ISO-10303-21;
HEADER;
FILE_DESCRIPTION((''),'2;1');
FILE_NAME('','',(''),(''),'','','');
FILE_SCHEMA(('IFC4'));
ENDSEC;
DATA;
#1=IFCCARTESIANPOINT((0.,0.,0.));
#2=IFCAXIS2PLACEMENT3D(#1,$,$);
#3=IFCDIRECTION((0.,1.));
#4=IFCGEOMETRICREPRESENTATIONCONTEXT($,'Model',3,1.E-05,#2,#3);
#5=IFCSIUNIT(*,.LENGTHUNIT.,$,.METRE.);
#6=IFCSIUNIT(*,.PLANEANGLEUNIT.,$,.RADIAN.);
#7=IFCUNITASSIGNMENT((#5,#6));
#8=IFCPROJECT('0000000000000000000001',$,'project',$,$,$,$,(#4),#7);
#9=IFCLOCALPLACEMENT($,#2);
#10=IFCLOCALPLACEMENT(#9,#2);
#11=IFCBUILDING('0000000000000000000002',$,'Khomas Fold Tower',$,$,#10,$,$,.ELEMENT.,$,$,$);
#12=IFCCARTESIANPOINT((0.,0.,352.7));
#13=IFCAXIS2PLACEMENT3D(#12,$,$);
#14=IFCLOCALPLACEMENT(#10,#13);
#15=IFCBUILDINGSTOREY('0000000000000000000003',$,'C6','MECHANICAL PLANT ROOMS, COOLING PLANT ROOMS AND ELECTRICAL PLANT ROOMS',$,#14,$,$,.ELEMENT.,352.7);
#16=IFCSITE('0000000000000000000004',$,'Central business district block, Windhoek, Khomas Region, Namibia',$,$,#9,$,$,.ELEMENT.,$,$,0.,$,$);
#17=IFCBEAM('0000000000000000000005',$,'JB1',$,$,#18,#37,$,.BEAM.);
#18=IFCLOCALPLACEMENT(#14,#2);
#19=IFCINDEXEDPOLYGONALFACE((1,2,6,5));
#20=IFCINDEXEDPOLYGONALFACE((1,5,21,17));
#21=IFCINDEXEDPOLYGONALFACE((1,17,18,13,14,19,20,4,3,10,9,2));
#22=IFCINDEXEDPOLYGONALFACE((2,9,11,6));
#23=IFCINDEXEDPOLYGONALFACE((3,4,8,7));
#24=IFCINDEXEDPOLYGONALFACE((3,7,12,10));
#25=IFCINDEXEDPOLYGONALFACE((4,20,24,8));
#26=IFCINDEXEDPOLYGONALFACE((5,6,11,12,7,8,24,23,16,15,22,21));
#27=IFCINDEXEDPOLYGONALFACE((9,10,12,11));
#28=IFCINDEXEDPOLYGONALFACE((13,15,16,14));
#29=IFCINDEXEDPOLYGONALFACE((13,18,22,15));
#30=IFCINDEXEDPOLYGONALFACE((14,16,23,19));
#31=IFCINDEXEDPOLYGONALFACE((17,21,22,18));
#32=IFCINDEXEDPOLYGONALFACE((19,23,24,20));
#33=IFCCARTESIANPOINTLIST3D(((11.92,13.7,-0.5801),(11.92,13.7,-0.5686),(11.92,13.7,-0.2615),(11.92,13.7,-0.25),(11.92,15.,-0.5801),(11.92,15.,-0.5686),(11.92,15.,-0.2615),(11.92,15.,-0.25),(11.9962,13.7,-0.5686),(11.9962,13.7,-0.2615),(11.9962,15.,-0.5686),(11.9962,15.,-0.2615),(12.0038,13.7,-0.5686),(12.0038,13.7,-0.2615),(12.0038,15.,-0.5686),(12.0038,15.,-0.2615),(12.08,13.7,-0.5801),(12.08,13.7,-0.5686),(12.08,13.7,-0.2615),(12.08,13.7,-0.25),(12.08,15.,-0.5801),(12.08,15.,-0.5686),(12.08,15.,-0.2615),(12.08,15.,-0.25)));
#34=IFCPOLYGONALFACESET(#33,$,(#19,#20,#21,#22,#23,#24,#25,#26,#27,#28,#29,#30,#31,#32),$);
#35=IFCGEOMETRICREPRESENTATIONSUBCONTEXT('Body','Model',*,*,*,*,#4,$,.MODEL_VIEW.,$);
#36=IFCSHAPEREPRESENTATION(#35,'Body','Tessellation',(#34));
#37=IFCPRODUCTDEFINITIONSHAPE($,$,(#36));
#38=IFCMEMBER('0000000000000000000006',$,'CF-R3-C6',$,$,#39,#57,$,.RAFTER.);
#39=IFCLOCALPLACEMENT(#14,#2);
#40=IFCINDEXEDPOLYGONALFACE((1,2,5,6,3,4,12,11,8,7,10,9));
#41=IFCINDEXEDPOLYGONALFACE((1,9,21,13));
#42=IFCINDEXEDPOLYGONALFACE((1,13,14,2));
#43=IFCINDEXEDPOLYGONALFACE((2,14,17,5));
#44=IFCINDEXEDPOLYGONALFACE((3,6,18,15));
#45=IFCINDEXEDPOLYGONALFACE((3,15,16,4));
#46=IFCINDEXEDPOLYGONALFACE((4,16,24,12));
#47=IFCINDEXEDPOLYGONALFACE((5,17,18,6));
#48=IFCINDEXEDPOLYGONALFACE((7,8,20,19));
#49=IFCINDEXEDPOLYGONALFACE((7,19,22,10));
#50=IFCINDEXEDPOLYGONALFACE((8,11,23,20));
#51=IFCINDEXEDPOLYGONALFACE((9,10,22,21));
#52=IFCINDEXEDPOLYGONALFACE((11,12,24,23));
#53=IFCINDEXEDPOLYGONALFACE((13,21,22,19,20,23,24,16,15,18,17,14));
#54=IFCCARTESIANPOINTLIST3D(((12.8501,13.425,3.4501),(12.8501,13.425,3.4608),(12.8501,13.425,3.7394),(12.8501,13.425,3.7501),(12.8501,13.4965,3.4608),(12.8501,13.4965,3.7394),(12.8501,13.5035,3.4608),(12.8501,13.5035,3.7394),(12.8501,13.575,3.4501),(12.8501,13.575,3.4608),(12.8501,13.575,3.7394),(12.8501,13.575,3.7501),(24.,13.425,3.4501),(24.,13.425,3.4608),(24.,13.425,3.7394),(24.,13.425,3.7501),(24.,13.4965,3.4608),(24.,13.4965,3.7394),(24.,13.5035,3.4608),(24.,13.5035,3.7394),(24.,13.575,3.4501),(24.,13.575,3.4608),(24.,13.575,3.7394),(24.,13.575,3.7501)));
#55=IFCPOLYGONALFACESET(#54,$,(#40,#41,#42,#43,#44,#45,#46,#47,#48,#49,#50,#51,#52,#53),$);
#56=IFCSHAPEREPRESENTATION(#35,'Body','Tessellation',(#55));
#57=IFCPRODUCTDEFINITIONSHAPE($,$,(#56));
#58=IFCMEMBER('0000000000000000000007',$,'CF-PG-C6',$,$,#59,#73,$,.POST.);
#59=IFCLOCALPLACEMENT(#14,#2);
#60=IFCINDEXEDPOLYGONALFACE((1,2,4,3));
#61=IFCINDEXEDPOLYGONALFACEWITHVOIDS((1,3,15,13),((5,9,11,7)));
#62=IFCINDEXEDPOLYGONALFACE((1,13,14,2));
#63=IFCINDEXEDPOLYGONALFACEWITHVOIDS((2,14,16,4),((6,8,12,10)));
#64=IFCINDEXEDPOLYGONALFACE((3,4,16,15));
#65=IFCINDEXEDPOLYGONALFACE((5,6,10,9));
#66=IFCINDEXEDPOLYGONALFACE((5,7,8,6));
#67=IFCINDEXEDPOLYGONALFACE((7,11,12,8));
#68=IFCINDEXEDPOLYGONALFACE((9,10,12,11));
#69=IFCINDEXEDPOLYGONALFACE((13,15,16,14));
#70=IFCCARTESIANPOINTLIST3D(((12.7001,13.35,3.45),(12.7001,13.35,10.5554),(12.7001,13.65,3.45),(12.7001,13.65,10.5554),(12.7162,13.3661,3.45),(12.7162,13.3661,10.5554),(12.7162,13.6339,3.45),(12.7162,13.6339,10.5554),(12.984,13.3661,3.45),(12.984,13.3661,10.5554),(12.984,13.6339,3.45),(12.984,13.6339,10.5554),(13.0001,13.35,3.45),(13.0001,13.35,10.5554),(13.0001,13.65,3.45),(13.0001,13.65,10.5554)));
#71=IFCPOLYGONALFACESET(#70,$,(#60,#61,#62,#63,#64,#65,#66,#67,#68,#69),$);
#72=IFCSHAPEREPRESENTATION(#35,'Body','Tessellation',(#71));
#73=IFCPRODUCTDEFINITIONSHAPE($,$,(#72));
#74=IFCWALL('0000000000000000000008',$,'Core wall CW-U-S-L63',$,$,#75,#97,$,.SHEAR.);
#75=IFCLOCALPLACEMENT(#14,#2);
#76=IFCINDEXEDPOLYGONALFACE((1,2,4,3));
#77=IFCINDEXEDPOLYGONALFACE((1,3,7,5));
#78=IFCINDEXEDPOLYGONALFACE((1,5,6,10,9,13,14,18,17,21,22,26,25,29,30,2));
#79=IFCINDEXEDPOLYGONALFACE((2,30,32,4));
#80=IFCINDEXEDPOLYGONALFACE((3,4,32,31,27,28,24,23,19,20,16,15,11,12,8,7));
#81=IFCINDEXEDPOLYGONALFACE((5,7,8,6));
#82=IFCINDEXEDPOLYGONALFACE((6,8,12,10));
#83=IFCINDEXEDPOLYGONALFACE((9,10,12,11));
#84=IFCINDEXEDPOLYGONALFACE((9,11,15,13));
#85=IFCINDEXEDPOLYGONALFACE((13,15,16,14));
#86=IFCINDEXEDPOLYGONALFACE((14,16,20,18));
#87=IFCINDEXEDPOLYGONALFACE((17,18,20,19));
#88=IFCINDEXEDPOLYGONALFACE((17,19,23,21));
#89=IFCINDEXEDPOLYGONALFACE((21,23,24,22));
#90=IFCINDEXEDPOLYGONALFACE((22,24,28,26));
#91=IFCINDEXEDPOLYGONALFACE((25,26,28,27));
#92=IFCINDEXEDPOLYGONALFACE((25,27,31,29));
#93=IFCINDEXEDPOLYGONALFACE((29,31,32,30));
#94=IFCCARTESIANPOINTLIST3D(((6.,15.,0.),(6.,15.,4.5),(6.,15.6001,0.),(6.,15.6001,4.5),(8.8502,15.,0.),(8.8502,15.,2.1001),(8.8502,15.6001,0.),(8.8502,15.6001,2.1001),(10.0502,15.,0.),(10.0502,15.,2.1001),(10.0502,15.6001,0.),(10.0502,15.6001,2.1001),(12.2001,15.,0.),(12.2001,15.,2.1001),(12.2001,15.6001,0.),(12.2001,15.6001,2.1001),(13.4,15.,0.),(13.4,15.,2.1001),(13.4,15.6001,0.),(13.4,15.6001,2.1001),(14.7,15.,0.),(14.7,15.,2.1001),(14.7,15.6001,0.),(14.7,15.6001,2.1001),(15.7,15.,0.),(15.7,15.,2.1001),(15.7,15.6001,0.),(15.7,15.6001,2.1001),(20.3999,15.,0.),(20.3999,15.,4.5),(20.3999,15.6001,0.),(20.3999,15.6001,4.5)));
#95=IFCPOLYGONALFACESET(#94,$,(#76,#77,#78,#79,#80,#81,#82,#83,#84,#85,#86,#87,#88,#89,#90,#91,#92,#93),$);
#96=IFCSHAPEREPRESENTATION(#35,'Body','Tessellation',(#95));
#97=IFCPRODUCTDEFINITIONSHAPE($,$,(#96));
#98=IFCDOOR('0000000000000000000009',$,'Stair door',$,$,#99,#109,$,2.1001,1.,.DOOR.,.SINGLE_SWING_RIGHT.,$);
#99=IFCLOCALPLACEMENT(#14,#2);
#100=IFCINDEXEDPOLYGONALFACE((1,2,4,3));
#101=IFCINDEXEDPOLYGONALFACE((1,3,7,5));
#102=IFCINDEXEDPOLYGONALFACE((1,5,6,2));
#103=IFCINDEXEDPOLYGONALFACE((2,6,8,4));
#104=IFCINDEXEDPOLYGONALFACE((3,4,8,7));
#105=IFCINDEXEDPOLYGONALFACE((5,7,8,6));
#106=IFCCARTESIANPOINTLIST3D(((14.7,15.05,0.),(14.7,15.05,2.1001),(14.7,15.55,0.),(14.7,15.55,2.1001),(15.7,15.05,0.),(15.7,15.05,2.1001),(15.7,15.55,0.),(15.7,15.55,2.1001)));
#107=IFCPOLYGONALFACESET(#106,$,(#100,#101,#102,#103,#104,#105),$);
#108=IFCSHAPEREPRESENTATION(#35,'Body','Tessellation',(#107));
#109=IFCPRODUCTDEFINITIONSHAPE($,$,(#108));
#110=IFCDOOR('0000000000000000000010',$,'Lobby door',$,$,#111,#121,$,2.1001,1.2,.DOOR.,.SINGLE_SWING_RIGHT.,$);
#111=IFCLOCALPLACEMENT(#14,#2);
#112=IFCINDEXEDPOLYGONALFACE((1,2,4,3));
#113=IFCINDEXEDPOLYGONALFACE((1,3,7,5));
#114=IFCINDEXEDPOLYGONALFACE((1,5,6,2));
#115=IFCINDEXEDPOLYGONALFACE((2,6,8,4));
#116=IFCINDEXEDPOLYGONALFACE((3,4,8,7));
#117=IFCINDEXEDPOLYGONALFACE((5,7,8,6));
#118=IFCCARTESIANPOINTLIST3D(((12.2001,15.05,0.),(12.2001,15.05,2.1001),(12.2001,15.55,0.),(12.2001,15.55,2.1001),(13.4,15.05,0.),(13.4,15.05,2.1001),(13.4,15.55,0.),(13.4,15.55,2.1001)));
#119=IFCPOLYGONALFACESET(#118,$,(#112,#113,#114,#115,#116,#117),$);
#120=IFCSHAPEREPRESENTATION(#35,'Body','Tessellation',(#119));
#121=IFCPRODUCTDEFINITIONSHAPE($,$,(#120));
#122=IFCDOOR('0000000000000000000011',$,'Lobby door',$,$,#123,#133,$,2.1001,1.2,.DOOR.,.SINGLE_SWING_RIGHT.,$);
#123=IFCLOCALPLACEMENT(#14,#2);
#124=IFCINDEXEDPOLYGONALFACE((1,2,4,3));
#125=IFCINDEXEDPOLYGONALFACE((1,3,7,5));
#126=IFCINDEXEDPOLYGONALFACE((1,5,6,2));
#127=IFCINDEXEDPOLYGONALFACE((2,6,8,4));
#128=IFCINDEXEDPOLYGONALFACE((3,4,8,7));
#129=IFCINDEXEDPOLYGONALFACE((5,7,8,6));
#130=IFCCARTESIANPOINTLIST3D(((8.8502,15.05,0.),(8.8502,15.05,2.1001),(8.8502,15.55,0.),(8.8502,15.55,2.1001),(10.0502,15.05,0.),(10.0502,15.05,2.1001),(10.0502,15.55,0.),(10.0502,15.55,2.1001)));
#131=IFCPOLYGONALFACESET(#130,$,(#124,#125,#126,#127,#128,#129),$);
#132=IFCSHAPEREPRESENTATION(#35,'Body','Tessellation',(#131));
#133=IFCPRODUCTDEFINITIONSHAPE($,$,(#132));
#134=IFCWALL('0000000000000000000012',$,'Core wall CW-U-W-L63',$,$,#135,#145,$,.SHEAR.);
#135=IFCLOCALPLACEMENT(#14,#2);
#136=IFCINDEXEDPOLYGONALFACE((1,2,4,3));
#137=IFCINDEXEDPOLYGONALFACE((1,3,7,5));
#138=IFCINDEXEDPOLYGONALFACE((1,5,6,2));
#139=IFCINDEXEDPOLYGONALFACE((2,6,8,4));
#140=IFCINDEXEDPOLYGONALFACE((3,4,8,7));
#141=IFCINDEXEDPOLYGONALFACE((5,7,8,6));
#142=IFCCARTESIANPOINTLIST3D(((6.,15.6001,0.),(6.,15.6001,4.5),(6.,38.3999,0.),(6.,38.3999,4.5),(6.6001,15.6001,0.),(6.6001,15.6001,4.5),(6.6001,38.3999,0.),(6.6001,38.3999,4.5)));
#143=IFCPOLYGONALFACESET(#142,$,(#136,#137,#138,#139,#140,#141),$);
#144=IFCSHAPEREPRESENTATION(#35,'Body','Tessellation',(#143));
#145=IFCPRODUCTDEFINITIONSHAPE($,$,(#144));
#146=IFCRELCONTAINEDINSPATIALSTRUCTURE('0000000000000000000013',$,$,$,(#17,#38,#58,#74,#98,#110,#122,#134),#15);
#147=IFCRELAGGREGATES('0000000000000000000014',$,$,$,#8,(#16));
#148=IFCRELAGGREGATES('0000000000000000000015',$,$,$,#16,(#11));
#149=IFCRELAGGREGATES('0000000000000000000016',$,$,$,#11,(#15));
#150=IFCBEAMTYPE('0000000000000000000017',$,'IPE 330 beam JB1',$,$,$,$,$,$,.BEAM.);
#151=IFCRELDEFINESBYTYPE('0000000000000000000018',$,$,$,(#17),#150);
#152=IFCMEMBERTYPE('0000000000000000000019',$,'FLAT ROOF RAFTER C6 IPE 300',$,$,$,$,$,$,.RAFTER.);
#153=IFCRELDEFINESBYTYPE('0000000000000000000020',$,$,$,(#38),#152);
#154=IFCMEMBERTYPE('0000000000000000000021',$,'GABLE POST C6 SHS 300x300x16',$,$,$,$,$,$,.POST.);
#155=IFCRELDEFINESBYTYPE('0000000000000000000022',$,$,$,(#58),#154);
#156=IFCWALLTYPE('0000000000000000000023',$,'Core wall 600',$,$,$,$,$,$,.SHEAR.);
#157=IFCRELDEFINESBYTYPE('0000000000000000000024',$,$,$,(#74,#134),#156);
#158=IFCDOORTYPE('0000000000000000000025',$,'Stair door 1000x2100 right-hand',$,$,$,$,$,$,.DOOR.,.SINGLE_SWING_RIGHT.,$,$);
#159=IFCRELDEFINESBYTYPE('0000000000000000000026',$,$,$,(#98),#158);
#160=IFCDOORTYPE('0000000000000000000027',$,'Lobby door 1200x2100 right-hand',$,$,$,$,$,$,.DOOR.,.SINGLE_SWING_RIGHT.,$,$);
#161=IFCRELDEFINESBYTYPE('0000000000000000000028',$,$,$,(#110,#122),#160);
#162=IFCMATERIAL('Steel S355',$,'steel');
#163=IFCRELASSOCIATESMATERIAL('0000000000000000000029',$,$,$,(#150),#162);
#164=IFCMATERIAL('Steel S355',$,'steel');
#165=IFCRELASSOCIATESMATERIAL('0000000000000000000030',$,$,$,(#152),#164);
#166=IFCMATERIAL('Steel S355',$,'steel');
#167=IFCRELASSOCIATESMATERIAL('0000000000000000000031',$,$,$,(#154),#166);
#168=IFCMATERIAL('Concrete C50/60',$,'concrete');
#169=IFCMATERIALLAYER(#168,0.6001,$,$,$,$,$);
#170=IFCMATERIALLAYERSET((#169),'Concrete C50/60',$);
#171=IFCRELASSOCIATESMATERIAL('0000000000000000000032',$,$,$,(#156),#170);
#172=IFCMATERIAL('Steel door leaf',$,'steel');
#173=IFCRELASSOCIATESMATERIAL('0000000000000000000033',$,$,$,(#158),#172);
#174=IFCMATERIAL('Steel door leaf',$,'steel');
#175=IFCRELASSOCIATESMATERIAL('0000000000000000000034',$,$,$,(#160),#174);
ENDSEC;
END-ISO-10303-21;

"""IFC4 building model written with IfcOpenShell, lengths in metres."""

from ifc_helpers import new_model, si_unit, direction, frame, frame_2d, origin, origin_2d, place, context, subcontext, project, spatial, rectangle, hollow_rectangle, i_section, extrude, source, transform, mapped, material, layer, layer_set, material_profile, profile_set, type_object, element, fill, save


model = new_model("IFC4")

# Units and contexts
model_context = context("Model", 3, precision=1e-05, world=origin(), true_north=direction((0.0, 1.0)))
body_context = subcontext(model_context, "Body", "Model", "MODEL_VIEW")
ifc_project = project(units=[si_unit("LENGTHUNIT", "METRE"), si_unit("PLANEANGLEUNIT", "RADIAN")], contexts=[model_context])

# Site, building, storey
site_placement = place(None, origin())
site = spatial("IfcSite", under=ifc_project, at=site_placement, Name="Central business district block, Windhoek, Khomas Region, Namibia", CompositionType="ELEMENT", RefElevation=0.0)
building_placement = place(site_placement, origin())
building = spatial("IfcBuilding", under=site, at=building_placement, Name="Khomas Fold Tower", CompositionType="ELEMENT")
storey_placement = place(building_placement, frame((0.0, 0.0, 352.7)))
storey = spatial("IfcBuildingStorey", under=building, at=storey_placement, Name="C6", Description="MECHANICAL PLANT ROOMS, COOLING PLANT ROOMS AND ELECTRICAL PLANT ROOMS", CompositionType="ELEMENT", Elevation=352.7)

# Beam
ifc_material_1 = material(Name="Steel S355", Category="steel")
ifc_material_profile_1 = material_profile(ifc_material_1, i_section(OverallWidth=0.1599, OverallDepth=0.3301, WebThickness=0.0076, FlangeThickness=0.0115, at=origin_2d()), Name="IPE 330")
ifc_profile_set_1 = profile_set([ifc_material_profile_1], Name="Steel S355")
beam_type = type_object("IfcBeamType", Name="IPE 330 beam JB1", PredefinedType="BEAM", material=ifc_profile_set_1)
shared_shape_1 = source(origin(), body_context, "Body", "SweptSolid", [
    extrude(i_section(OverallWidth=0.1599, OverallDepth=0.3301, WebThickness=0.0076, FlangeThickness=0.0115, at=origin_2d()), origin(), (0.0, 0.0, 1.0), 1.3),
])
beam_placement = place(storey_placement, frame((12.0, 13.7, -0.415), z_axis=(0.0, 1.0, 0.0), x_axis=(-1.0, 0.0, 0.0)))
element("IfcBeam", 1, at=beam_placement, inside=storey, type_object=beam_type, Name="JB1", PredefinedType="BEAM", context=body_context, shape_type="MappedRepresentation", body=[
    mapped(shared_shape_1, transform((0.0, 0.0, 0.0))),
])

# Members
ifc_material_2 = material(Name="Steel S355", Category="steel")
ifc_material_profile_2 = material_profile(ifc_material_2, i_section(OverallWidth=0.1499, OverallDepth=0.3, WebThickness=0.0071, FlangeThickness=0.0107, at=origin_2d()), Name="IPE 300")
ifc_profile_set_2 = profile_set([ifc_material_profile_2], Name="Steel S355")
member_type_1 = type_object("IfcMemberType", Name="FLAT ROOF RAFTER C6 IPE 300", PredefinedType="RAFTER", material=ifc_profile_set_2)
shared_shape_2 = source(origin(), body_context, "Body", "SweptSolid", [
    extrude(i_section(OverallWidth=0.1499, OverallDepth=0.3, WebThickness=0.0071, FlangeThickness=0.0107, at=origin_2d()), origin(), (0.0, 0.0, 1.0), 11.1499),
])
member_1_placement = place(storey_placement, frame((12.8501, 13.5, 3.6001), z_axis=(1.0, 0.0, 0.0), x_axis=(0.0, 1.0, 0.0)))
element("IfcMember", 2, at=member_1_placement, inside=storey, type_object=member_type_1, Name="CF-R3-C6", PredefinedType="RAFTER", context=body_context, shape_type="MappedRepresentation", body=[
    mapped(shared_shape_2, transform((0.0, 0.0, 0.0))),
])
ifc_material_3 = material(Name="Steel S355", Category="steel")
ifc_material_profile_3 = material_profile(ifc_material_3, hollow_rectangle(XDim=0.3, YDim=0.3, WallThickness=0.0161, at=origin_2d()), Name="SHS 300x300x16")
ifc_profile_set_3 = profile_set([ifc_material_profile_3], Name="Steel S355")
member_type_2 = type_object("IfcMemberType", Name="GABLE POST C6 SHS 300x300x16", PredefinedType="POST", material=ifc_profile_set_3)
shared_shape_3 = source(origin(), body_context, "Body", "SweptSolid", [
    extrude(hollow_rectangle(XDim=0.3, YDim=0.3, WallThickness=0.0161, at=origin_2d()), origin(), (0.0, 0.0, 1.0), 7.1055),
])
member_2_placement = place(storey_placement, frame((12.8501, 13.5, 3.45), z_axis=(0.0, 0.0, 1.0), x_axis=(1.0, 0.0, 0.0)))
element("IfcMember", 3, at=member_2_placement, inside=storey, type_object=member_type_2, Name="CF-PG-C6", PredefinedType="POST", context=body_context, shape_type="MappedRepresentation", body=[
    mapped(shared_shape_3, transform((0.0, 0.0, 0.0))),
])

# Wall, openings, doors
ifc_material_4 = material(Name="Concrete C50/60", Category="concrete")
ifc_layer_1 = layer(ifc_material_4, 0.6001)
ifc_layer_set_1 = layer_set([ifc_layer_1], Name="Concrete C50/60")
wall_type_1 = type_object("IfcWallType", Name="Core wall 600", PredefinedType="SHEAR", material=ifc_layer_set_1)
shared_shape_4 = source(origin(), body_context, "Body", "SweptSolid", [
    extrude(rectangle(XDim=14.3999, YDim=0.6001, at=frame_2d((7.2, 0.0))), origin(), (0.0, 0.0, 1.0), 4.5),
])
wall_1_placement = place(storey_placement, frame((6.0, 15.3, 0.0), z_axis=(0.0, 0.0, 1.0), x_axis=(1.0, 0.0, 0.0)))
wall_1 = element("IfcWall", 4, at=wall_1_placement, inside=storey, type_object=wall_type_1, Name="Core wall CW-U-S-L63", PredefinedType="SHEAR", context=body_context, shape_type="MappedRepresentation", body=[
    mapped(shared_shape_4, transform((0.0, 0.0, 0.0))),
])
shared_shape_5 = source(origin(), body_context, "Body", "SweptSolid", [
    extrude(rectangle(XDim=1.2, YDim=2.1001, at=frame_2d((0.6001, 1.05))), frame((0.0, 0.3101, 0.0), z_axis=(0.0, -1.0, 0.0), x_axis=(1.0, 0.0, 0.0)), (0.0, 0.0, 1.0), 0.6201),
])
opening_1_placement = place(wall_1_placement, frame((6.2, 0.0, 0.0)))
opening_1 = element("IfcOpeningElement", 5, at=opening_1_placement, cuts=wall_1, PredefinedType="OPENING", context=body_context, shape_type="MappedRepresentation", body=[
    mapped(shared_shape_5, transform((0.0, 0.0, 0.0))),
])
opening_2_placement = place(wall_1_placement, frame((2.8501, 0.0, 0.0)))
opening_2 = element("IfcOpeningElement", 6, at=opening_2_placement, cuts=wall_1, PredefinedType="OPENING", context=body_context, shape_type="MappedRepresentation", body=[
    mapped(shared_shape_5, transform((0.0, 0.0, 0.0))),
])
shared_shape_6 = source(origin(), body_context, "Body", "SweptSolid", [
    extrude(rectangle(XDim=1.0, YDim=2.1001, at=frame_2d((0.5, 1.05))), frame((0.0, 0.3101, 0.0), z_axis=(0.0, -1.0, 0.0), x_axis=(1.0, 0.0, 0.0)), (0.0, 0.0, 1.0), 0.6201),
])
opening_3_placement = place(wall_1_placement, frame((8.7, 0.0, 0.0)))
opening_3 = element("IfcOpeningElement", 7, at=opening_3_placement, cuts=wall_1, PredefinedType="OPENING", context=body_context, shape_type="MappedRepresentation", body=[
    mapped(shared_shape_6, transform((0.0, 0.0, 0.0))),
])
ifc_material_5 = material(Name="Steel door leaf", Category="steel")
door_type_1 = type_object("IfcDoorType", Name="Stair door 1000x2100 right-hand", OperationType="SINGLE_SWING_RIGHT", PredefinedType="DOOR", material=ifc_material_5)
shared_shape_7 = source(origin(), body_context, "Body", "SweptSolid", [
    extrude(rectangle(XDim=1.0, YDim=2.1001, at=frame_2d((0.5, 1.05))), frame((0.0, 0.25, 0.0), z_axis=(0.0, -1.0, 0.0), x_axis=(1.0, 0.0, 0.0)), (0.0, 0.0, 1.0), 0.5),
])
door_1_placement = place(opening_3_placement, origin())
door_1 = element("IfcDoor", 8, at=door_1_placement, inside=storey, type_object=door_type_1, Name="Stair door", OperationType="SINGLE_SWING_RIGHT", OverallHeight=2.1001, OverallWidth=1.0, PredefinedType="DOOR", context=body_context, shape_type="MappedRepresentation", body=[
    mapped(shared_shape_7, transform((0.0, 0.0, 0.0))),
])
fill(opening_3, door_1)
ifc_material_6 = material(Name="Steel door leaf", Category="steel")
door_type_2 = type_object("IfcDoorType", Name="Lobby door 1200x2100 right-hand", OperationType="SINGLE_SWING_RIGHT", PredefinedType="DOOR", material=ifc_material_6)
shared_shape_8 = source(origin(), body_context, "Body", "SweptSolid", [
    extrude(rectangle(XDim=1.2, YDim=2.1001, at=frame_2d((0.6001, 1.05))), frame((0.0, 0.25, 0.0), z_axis=(0.0, -1.0, 0.0), x_axis=(1.0, 0.0, 0.0)), (0.0, 0.0, 1.0), 0.5),
])
door_2_placement = place(opening_1_placement, origin())
door_2 = element("IfcDoor", 9, at=door_2_placement, inside=storey, type_object=door_type_2, Name="Lobby door", OperationType="SINGLE_SWING_RIGHT", OverallHeight=2.1001, OverallWidth=1.2, PredefinedType="DOOR", context=body_context, shape_type="MappedRepresentation", body=[
    mapped(shared_shape_8, transform((0.0, 0.0, 0.0))),
])
fill(opening_1, door_2)
door_3_placement = place(opening_2_placement, origin())
door_3 = element("IfcDoor", 10, at=door_3_placement, inside=storey, type_object=door_type_2, Name="Lobby door", OperationType="SINGLE_SWING_RIGHT", OverallHeight=2.1001, OverallWidth=1.2, PredefinedType="DOOR", context=body_context, shape_type="MappedRepresentation", body=[
    mapped(shared_shape_8, transform((0.0, 0.0, 0.0))),
])
fill(opening_2, door_3)

# Wall
shared_shape_9 = source(origin(), body_context, "Body", "SweptSolid", [
    extrude(rectangle(XDim=22.7998, YDim=0.6001, at=frame_2d((11.3999, 0.0))), origin(), (0.0, 0.0, 1.0), 4.5),
])
wall_2_placement = place(storey_placement, frame((6.3, 15.6001, 0.0), z_axis=(0.0, 0.0, 1.0), x_axis=(0.0, 1.0, 0.0)))
element("IfcWall", 11, at=wall_2_placement, inside=storey, type_object=wall_type_1, Name="Core wall CW-U-W-L63", PredefinedType="SHEAR", context=body_context, shape_type="MappedRepresentation", body=[
    mapped(shared_shape_9, transform((0.0, 0.0, 0.0))),
])

save(model, "model.ifc")
